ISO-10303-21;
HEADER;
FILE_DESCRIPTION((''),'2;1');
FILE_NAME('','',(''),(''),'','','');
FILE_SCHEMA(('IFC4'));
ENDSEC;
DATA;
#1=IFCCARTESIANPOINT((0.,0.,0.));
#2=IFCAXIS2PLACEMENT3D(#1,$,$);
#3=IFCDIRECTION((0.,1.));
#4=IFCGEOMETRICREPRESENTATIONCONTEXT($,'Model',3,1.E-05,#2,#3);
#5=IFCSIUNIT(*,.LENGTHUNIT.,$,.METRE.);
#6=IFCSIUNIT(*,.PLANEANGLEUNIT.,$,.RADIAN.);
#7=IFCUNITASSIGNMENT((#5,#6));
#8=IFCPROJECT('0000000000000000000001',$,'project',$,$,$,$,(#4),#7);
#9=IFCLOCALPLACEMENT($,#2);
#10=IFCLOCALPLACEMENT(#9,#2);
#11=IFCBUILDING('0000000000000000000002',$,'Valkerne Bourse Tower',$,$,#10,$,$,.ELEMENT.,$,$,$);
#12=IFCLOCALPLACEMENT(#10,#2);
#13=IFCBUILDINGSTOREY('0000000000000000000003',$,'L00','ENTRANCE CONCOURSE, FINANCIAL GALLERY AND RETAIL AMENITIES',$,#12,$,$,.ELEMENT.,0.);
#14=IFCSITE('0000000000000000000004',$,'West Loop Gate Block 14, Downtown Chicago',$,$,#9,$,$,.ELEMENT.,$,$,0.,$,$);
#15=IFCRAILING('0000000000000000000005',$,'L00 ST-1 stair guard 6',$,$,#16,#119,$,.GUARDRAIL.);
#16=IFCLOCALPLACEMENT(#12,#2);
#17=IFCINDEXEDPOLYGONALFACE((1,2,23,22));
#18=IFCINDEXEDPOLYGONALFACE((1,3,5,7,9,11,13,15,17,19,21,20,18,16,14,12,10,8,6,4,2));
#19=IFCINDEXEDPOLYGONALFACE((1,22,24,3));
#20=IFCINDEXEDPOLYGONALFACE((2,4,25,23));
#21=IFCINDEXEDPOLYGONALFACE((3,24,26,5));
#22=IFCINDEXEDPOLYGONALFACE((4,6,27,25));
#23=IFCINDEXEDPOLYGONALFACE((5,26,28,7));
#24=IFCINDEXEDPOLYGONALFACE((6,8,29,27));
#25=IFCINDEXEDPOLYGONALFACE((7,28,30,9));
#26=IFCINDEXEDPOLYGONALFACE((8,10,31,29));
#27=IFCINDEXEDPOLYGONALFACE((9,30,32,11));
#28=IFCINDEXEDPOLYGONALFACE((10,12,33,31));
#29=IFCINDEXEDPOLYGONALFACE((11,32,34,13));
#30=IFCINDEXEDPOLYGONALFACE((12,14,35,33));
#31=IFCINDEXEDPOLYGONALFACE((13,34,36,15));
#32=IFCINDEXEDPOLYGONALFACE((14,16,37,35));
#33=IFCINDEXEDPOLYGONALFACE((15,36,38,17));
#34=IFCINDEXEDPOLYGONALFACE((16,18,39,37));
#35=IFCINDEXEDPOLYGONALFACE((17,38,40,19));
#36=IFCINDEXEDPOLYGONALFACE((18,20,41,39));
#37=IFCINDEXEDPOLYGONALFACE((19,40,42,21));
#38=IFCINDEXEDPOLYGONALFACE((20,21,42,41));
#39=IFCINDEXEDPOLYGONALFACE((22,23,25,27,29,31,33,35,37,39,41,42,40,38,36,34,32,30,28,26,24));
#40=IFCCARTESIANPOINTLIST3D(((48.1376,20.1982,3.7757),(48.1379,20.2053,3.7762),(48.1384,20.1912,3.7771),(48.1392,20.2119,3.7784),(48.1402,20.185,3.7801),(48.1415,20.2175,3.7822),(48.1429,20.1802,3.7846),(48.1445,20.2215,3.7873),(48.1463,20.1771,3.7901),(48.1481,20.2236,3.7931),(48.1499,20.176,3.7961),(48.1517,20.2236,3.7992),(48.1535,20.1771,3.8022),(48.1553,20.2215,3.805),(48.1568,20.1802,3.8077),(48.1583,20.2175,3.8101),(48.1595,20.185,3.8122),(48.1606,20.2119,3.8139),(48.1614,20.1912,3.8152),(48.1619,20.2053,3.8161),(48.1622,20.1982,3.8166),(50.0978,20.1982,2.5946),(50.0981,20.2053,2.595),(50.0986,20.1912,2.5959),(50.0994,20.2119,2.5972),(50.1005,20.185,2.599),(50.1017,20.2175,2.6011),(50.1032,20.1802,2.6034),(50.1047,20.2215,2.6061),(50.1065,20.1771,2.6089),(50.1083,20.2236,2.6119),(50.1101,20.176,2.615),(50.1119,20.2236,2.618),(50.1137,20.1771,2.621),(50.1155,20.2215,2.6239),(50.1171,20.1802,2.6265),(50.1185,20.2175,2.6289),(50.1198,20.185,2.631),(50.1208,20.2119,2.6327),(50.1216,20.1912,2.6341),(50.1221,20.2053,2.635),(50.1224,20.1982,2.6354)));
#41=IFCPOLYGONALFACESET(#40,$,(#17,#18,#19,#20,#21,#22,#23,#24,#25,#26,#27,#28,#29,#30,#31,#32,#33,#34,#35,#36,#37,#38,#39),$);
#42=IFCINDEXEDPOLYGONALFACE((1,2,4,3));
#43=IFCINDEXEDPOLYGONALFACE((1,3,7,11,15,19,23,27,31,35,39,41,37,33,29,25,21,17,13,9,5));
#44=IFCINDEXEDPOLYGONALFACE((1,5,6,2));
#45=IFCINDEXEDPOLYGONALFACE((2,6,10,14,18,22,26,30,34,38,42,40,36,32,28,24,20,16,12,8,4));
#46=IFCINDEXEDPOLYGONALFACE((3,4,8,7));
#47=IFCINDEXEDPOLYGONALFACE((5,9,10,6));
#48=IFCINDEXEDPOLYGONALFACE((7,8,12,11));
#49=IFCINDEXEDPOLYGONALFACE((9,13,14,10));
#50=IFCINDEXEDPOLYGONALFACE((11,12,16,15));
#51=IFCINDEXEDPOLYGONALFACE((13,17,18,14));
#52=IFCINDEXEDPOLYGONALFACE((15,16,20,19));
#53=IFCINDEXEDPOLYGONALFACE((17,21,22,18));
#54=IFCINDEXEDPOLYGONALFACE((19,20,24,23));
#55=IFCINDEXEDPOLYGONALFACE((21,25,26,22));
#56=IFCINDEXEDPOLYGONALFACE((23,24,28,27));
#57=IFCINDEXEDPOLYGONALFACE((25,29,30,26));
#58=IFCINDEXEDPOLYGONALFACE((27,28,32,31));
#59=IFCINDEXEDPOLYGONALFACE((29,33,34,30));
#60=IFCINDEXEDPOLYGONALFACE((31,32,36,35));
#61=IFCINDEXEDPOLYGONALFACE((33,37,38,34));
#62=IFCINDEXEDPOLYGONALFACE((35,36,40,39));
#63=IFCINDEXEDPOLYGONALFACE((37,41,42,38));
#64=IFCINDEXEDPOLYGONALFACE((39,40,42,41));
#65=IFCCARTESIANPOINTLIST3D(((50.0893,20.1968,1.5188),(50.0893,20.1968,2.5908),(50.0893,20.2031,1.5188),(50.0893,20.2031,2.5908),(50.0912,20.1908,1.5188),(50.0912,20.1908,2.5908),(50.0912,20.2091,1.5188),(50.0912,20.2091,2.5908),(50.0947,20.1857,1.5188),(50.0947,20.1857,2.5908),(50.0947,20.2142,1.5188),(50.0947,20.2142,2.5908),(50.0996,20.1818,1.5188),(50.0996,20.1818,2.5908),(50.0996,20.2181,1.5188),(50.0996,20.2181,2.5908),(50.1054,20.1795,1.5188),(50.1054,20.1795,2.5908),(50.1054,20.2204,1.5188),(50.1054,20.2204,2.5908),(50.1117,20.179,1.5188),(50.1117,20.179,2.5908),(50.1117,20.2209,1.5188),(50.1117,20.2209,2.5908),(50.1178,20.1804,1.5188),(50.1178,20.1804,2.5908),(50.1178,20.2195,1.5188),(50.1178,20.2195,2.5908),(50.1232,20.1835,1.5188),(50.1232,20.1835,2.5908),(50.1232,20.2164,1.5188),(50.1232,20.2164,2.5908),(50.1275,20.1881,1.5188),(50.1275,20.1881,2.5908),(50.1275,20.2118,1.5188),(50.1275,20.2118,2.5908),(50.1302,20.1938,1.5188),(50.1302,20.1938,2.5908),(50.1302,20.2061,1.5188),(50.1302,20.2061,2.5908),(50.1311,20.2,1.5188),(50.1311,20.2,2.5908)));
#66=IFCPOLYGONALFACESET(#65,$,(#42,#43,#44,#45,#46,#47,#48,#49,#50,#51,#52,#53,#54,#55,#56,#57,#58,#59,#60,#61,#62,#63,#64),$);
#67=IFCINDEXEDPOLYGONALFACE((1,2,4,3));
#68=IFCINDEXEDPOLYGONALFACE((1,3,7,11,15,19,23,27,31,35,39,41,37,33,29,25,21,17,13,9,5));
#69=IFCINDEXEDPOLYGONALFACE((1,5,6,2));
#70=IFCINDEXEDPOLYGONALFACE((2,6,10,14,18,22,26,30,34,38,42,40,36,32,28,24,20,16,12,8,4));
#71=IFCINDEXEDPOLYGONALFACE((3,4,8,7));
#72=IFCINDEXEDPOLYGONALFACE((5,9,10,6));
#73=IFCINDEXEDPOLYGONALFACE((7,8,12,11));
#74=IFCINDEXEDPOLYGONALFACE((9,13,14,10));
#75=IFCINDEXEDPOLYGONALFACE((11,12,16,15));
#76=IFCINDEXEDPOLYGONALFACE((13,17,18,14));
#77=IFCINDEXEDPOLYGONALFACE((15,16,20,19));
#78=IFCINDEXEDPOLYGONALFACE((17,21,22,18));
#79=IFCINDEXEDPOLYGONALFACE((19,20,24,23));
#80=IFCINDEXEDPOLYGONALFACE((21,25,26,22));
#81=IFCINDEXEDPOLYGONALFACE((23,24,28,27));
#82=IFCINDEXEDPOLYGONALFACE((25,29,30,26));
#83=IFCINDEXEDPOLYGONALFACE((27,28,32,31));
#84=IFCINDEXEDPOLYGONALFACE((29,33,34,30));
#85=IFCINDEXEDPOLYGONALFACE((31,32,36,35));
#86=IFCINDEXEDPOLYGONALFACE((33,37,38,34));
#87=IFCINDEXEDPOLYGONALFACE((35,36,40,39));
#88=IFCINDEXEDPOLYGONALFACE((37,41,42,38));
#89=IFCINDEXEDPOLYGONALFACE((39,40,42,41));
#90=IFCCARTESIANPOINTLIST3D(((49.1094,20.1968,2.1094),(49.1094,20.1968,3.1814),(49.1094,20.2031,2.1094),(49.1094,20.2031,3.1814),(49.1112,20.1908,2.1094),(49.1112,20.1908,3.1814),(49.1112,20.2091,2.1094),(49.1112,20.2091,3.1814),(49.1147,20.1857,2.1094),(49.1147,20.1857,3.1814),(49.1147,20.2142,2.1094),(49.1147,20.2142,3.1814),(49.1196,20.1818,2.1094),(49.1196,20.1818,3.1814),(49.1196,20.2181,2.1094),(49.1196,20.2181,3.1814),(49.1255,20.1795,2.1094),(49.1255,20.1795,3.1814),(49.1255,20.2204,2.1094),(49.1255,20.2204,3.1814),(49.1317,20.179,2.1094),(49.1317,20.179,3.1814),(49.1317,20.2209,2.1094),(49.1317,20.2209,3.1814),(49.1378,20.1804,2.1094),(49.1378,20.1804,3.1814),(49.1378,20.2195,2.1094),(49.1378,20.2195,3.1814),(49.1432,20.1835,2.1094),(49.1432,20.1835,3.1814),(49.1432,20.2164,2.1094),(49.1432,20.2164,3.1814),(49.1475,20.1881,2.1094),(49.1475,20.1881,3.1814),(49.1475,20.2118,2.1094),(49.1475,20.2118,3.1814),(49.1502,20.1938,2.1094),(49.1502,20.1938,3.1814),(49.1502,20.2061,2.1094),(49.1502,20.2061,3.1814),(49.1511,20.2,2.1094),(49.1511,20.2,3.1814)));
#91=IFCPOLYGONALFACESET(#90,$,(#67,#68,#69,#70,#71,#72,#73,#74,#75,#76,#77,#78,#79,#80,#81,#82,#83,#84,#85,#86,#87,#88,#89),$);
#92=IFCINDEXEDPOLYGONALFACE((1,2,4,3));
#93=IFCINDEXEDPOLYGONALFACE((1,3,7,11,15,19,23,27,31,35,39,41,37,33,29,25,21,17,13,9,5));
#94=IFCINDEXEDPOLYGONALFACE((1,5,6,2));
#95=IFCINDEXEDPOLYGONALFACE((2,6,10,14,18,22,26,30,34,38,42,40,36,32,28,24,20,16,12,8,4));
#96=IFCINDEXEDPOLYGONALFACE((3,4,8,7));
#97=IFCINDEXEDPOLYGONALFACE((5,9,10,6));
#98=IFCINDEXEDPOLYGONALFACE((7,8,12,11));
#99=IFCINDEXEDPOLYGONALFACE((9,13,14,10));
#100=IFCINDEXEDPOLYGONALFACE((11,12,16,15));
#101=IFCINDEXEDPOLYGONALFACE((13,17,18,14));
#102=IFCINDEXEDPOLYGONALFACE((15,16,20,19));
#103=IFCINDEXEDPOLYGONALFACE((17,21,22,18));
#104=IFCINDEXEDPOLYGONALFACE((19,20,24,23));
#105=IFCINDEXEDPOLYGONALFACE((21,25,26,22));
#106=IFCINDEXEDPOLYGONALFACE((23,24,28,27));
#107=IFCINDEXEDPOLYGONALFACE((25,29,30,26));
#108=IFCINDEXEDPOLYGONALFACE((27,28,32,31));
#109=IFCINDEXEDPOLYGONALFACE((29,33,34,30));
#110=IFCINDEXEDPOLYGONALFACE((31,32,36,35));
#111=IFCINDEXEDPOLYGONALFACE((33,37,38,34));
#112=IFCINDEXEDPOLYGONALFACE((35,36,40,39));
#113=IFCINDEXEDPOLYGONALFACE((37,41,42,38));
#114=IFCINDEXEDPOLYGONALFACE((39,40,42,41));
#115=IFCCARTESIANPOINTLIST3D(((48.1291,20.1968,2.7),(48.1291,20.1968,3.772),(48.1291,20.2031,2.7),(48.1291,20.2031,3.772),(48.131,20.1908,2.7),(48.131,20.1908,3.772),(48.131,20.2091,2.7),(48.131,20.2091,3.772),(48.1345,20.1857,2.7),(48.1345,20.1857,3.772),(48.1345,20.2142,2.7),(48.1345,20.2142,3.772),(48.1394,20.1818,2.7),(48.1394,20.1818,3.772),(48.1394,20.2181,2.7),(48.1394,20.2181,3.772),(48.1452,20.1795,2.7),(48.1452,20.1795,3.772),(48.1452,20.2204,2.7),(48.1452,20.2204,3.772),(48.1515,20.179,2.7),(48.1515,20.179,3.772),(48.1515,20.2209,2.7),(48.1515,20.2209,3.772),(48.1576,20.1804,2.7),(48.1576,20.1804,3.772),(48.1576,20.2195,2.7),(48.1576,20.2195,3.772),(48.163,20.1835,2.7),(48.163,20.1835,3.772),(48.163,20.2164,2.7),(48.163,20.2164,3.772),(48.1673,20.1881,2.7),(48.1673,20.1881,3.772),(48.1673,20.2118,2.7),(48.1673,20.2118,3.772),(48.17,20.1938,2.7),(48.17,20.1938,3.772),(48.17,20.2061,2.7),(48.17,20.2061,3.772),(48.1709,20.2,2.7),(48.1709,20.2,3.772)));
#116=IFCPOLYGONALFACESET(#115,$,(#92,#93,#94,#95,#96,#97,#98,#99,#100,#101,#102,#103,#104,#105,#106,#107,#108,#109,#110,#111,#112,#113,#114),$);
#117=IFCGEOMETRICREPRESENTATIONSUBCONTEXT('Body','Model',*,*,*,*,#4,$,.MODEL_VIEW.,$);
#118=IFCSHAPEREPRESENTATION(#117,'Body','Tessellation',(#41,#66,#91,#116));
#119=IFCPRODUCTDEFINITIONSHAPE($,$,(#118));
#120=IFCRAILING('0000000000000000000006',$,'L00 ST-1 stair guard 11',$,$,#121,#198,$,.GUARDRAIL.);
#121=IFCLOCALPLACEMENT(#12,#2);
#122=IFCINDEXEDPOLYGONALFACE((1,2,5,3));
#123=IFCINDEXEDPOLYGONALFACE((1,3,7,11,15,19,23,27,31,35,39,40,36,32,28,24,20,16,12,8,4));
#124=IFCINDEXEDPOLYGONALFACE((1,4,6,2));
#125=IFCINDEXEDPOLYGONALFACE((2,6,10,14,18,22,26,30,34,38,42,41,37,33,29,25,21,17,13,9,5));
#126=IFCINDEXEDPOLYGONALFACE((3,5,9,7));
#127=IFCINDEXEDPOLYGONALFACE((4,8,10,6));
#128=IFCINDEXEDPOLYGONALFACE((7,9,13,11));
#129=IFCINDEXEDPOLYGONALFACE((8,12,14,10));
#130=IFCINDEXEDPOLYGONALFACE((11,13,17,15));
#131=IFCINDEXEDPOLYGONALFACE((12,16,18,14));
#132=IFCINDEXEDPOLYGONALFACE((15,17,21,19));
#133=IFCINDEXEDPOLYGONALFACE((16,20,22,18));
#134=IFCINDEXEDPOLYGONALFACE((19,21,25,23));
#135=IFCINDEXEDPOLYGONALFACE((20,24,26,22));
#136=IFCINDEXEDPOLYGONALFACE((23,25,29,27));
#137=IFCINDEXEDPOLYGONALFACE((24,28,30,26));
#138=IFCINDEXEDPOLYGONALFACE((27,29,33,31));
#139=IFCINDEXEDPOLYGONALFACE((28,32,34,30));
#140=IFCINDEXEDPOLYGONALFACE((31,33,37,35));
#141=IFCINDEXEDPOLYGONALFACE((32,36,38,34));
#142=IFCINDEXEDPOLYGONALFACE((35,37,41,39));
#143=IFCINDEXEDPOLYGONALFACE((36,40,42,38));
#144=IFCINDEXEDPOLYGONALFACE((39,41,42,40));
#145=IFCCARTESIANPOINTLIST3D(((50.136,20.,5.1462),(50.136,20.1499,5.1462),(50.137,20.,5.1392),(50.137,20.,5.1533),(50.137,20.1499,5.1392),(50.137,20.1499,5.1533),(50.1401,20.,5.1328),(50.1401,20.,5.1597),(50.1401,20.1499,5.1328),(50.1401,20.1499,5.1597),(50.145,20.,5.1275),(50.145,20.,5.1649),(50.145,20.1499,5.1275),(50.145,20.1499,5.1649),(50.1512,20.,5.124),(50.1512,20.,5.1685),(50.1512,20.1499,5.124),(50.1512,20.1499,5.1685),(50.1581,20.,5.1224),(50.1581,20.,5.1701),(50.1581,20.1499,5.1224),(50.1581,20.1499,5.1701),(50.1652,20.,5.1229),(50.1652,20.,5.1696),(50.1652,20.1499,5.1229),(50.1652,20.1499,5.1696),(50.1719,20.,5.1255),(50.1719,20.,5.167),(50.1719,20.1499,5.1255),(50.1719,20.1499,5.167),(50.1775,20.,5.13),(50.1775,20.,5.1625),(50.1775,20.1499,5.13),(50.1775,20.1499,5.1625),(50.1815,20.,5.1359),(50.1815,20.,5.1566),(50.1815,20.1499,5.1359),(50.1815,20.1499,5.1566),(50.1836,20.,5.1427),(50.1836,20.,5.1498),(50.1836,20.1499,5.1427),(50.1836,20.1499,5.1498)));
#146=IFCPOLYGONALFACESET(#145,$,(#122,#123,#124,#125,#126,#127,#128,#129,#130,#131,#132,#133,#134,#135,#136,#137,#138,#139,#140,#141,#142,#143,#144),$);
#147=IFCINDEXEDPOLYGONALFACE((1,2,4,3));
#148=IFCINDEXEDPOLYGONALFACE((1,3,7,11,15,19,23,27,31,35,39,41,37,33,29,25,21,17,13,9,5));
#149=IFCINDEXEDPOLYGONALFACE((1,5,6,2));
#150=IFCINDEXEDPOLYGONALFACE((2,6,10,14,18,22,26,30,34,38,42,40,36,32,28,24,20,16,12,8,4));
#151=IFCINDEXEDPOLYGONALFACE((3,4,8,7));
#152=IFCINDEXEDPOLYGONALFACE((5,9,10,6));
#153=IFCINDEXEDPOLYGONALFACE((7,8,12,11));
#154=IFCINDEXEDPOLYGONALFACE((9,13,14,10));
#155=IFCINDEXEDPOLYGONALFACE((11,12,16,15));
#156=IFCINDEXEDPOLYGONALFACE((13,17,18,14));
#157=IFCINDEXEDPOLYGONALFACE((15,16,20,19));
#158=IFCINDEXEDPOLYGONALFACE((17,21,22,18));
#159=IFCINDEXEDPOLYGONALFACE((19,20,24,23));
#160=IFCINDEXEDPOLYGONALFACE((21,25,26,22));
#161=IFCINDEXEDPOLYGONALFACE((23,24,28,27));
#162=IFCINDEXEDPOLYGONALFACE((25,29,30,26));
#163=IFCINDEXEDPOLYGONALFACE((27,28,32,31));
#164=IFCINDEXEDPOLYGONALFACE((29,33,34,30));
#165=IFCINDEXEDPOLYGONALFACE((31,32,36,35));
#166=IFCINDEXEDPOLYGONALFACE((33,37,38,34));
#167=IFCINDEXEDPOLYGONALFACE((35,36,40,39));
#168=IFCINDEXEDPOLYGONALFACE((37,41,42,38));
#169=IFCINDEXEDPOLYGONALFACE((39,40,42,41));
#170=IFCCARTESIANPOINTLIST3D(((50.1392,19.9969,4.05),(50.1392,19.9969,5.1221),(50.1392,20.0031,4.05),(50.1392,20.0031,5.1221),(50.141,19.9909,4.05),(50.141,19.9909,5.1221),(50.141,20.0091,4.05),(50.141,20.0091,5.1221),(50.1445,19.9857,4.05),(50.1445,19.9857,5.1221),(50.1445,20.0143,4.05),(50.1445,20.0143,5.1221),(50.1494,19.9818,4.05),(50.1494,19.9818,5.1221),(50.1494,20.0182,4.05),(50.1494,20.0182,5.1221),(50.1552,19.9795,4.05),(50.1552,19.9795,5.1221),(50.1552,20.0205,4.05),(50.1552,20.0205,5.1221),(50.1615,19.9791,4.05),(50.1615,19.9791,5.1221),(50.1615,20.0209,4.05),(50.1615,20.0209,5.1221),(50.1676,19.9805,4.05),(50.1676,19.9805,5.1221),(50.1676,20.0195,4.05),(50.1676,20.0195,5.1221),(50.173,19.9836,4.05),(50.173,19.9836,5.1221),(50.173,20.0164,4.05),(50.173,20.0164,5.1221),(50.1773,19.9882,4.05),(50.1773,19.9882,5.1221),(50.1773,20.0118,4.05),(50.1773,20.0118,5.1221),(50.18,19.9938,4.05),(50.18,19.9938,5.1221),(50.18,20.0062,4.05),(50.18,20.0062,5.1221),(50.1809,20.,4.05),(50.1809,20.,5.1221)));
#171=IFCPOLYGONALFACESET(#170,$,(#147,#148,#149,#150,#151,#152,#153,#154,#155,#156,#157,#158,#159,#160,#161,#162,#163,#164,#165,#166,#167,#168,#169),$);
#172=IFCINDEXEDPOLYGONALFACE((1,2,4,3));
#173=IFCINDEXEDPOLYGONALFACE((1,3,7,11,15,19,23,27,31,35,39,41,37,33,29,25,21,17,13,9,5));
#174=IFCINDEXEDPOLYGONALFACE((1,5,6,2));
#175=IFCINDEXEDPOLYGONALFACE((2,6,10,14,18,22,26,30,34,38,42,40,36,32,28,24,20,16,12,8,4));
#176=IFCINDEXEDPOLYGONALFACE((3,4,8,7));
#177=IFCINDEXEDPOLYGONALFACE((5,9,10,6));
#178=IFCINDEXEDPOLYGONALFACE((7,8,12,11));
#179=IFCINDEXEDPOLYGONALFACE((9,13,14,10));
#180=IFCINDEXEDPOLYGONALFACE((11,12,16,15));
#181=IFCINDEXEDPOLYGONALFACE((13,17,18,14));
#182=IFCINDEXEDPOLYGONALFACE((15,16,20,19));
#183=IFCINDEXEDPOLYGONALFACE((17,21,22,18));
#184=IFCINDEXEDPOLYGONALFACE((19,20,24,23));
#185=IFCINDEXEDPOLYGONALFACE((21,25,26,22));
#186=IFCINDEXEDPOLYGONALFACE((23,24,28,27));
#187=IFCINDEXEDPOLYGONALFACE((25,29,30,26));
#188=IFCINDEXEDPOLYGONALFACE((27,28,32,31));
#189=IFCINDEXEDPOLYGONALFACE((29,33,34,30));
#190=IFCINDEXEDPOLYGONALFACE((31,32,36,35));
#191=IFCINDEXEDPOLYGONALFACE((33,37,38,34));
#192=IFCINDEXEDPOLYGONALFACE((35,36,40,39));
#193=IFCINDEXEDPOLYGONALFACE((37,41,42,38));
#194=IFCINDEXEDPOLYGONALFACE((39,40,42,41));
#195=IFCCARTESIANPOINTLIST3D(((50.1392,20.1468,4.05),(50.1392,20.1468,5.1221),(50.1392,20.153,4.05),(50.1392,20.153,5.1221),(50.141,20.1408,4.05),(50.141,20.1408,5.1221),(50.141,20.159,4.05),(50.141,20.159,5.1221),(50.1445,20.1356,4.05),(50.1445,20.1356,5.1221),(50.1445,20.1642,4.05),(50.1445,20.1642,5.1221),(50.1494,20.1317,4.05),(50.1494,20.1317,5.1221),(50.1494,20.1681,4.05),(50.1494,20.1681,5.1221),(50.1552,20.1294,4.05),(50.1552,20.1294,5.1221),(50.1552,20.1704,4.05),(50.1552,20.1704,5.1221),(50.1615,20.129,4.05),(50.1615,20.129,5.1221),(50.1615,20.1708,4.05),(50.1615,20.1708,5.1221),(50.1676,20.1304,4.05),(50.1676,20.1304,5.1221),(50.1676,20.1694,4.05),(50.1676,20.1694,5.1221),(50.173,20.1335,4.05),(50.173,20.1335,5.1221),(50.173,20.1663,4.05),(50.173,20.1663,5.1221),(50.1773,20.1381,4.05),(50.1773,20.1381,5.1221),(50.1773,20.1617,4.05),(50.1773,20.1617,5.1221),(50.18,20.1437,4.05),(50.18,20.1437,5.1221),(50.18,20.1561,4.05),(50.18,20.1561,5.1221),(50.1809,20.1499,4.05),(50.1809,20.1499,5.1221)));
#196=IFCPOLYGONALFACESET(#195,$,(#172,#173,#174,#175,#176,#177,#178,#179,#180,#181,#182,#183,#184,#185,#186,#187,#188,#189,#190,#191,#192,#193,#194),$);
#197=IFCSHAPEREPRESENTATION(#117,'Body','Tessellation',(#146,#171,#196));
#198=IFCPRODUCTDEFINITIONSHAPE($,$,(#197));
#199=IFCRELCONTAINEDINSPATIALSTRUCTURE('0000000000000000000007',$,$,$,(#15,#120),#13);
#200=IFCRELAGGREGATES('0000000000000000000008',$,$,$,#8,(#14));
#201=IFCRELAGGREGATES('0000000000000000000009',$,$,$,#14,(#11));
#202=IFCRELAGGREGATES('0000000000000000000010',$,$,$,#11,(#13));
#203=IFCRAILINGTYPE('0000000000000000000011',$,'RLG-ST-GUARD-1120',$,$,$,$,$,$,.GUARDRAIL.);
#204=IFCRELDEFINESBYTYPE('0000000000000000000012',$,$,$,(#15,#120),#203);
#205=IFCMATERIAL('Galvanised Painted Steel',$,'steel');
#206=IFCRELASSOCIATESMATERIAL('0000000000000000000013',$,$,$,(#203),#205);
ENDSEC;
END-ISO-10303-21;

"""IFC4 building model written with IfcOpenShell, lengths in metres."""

from ifc_helpers import new_model, si_unit, direction, frame, origin, origin_2d, place, context, subcontext, project, spatial, circle, extrude, material, type_object, element, save


model = new_model("IFC4")

# Units and contexts
model_context = context("Model", 3, precision=1e-05, world=origin(), true_north=direction((0.0, 1.0)))
body_context = subcontext(model_context, "Body", "Model", "MODEL_VIEW")
ifc_project = project(units=[si_unit("LENGTHUNIT", "METRE"), si_unit("PLANEANGLEUNIT", "RADIAN")], contexts=[model_context])

# Site, building, storey
site_placement = place(None, origin())
site = spatial("IfcSite", under=ifc_project, at=site_placement, Name="West Loop Gate Block 14, Downtown Chicago", CompositionType="ELEMENT", RefElevation=0.0)
building_placement = place(site_placement, origin())
building = spatial("IfcBuilding", under=site, at=building_placement, Name="Valkerne Bourse Tower", CompositionType="ELEMENT")
storey_placement = place(building_placement, origin())
storey = spatial("IfcBuildingStorey", under=building, at=storey_placement, Name="L00", Description="ENTRANCE CONCOURSE, FINANCIAL GALLERY AND RETAIL AMENITIES", CompositionType="ELEMENT", Elevation=0.0)

# Railings
ifc_material_1 = material(Name="Galvanised Painted Steel", Category="steel")
railing_type_1 = type_object("IfcRailingType", Name="RLG-ST-GUARD-1120", PredefinedType="GUARDRAIL", material=ifc_material_1)
railing_1_placement = place(storey_placement, frame((50.1101, 20.2, 1.5188)))
element("IfcRailing", 1, at=railing_1_placement, inside=storey, type_object=railing_type_1, Name="L00 ST-1 stair guard 6", PredefinedType="GUARDRAIL", context=body_context, shape_type="SweptSolid", body=[
    extrude(circle(Radius=0.0239, at=origin_2d()), frame((0.0, 0.0, 1.0962), z_axis=(-0.856522, 0.0, 0.516111), x_axis=(0.0, -1.0, 0.0)), (0.0, 0.0, 1.0), 2.2886),
    extrude(circle(Radius=0.021, at=origin_2d()), origin(), (0.0, 0.0, 1.0), 1.072),
    extrude(circle(Radius=0.021, at=origin_2d()), frame((-0.98, 0.0, 0.5906)), (0.0, 0.0, 1.0), 1.072),
    extrude(circle(Radius=0.021, at=origin_2d()), frame((-1.9602, 0.0, 1.1812)), (0.0, 0.0, 1.0), 1.072),
])
railing_2_placement = place(storey_placement, frame((50.1599, 20.0, 4.05)))
element("IfcRailing", 2, at=railing_2_placement, inside=storey, type_object=railing_type_1, Name="L00 ST-1 stair guard 11", PredefinedType="GUARDRAIL", context=body_context, shape_type="SweptSolid", body=[
    extrude(circle(Radius=0.0239, at=origin_2d()), frame((0.0, 0.0, 1.0962), z_axis=(0.0, 1.0, 0.0), x_axis=(-1.0, 0.0, 0.0)), (0.0, 0.0, 1.0), 0.1499),
    extrude(circle(Radius=0.021, at=origin_2d()), origin(), (0.0, 0.0, 1.0), 1.072),
    extrude(circle(Radius=0.021, at=origin_2d()), frame((0.0, 0.1499, 0.0)), (0.0, 0.0, 1.0), 1.072),
])

save(model, "model.ifc")
